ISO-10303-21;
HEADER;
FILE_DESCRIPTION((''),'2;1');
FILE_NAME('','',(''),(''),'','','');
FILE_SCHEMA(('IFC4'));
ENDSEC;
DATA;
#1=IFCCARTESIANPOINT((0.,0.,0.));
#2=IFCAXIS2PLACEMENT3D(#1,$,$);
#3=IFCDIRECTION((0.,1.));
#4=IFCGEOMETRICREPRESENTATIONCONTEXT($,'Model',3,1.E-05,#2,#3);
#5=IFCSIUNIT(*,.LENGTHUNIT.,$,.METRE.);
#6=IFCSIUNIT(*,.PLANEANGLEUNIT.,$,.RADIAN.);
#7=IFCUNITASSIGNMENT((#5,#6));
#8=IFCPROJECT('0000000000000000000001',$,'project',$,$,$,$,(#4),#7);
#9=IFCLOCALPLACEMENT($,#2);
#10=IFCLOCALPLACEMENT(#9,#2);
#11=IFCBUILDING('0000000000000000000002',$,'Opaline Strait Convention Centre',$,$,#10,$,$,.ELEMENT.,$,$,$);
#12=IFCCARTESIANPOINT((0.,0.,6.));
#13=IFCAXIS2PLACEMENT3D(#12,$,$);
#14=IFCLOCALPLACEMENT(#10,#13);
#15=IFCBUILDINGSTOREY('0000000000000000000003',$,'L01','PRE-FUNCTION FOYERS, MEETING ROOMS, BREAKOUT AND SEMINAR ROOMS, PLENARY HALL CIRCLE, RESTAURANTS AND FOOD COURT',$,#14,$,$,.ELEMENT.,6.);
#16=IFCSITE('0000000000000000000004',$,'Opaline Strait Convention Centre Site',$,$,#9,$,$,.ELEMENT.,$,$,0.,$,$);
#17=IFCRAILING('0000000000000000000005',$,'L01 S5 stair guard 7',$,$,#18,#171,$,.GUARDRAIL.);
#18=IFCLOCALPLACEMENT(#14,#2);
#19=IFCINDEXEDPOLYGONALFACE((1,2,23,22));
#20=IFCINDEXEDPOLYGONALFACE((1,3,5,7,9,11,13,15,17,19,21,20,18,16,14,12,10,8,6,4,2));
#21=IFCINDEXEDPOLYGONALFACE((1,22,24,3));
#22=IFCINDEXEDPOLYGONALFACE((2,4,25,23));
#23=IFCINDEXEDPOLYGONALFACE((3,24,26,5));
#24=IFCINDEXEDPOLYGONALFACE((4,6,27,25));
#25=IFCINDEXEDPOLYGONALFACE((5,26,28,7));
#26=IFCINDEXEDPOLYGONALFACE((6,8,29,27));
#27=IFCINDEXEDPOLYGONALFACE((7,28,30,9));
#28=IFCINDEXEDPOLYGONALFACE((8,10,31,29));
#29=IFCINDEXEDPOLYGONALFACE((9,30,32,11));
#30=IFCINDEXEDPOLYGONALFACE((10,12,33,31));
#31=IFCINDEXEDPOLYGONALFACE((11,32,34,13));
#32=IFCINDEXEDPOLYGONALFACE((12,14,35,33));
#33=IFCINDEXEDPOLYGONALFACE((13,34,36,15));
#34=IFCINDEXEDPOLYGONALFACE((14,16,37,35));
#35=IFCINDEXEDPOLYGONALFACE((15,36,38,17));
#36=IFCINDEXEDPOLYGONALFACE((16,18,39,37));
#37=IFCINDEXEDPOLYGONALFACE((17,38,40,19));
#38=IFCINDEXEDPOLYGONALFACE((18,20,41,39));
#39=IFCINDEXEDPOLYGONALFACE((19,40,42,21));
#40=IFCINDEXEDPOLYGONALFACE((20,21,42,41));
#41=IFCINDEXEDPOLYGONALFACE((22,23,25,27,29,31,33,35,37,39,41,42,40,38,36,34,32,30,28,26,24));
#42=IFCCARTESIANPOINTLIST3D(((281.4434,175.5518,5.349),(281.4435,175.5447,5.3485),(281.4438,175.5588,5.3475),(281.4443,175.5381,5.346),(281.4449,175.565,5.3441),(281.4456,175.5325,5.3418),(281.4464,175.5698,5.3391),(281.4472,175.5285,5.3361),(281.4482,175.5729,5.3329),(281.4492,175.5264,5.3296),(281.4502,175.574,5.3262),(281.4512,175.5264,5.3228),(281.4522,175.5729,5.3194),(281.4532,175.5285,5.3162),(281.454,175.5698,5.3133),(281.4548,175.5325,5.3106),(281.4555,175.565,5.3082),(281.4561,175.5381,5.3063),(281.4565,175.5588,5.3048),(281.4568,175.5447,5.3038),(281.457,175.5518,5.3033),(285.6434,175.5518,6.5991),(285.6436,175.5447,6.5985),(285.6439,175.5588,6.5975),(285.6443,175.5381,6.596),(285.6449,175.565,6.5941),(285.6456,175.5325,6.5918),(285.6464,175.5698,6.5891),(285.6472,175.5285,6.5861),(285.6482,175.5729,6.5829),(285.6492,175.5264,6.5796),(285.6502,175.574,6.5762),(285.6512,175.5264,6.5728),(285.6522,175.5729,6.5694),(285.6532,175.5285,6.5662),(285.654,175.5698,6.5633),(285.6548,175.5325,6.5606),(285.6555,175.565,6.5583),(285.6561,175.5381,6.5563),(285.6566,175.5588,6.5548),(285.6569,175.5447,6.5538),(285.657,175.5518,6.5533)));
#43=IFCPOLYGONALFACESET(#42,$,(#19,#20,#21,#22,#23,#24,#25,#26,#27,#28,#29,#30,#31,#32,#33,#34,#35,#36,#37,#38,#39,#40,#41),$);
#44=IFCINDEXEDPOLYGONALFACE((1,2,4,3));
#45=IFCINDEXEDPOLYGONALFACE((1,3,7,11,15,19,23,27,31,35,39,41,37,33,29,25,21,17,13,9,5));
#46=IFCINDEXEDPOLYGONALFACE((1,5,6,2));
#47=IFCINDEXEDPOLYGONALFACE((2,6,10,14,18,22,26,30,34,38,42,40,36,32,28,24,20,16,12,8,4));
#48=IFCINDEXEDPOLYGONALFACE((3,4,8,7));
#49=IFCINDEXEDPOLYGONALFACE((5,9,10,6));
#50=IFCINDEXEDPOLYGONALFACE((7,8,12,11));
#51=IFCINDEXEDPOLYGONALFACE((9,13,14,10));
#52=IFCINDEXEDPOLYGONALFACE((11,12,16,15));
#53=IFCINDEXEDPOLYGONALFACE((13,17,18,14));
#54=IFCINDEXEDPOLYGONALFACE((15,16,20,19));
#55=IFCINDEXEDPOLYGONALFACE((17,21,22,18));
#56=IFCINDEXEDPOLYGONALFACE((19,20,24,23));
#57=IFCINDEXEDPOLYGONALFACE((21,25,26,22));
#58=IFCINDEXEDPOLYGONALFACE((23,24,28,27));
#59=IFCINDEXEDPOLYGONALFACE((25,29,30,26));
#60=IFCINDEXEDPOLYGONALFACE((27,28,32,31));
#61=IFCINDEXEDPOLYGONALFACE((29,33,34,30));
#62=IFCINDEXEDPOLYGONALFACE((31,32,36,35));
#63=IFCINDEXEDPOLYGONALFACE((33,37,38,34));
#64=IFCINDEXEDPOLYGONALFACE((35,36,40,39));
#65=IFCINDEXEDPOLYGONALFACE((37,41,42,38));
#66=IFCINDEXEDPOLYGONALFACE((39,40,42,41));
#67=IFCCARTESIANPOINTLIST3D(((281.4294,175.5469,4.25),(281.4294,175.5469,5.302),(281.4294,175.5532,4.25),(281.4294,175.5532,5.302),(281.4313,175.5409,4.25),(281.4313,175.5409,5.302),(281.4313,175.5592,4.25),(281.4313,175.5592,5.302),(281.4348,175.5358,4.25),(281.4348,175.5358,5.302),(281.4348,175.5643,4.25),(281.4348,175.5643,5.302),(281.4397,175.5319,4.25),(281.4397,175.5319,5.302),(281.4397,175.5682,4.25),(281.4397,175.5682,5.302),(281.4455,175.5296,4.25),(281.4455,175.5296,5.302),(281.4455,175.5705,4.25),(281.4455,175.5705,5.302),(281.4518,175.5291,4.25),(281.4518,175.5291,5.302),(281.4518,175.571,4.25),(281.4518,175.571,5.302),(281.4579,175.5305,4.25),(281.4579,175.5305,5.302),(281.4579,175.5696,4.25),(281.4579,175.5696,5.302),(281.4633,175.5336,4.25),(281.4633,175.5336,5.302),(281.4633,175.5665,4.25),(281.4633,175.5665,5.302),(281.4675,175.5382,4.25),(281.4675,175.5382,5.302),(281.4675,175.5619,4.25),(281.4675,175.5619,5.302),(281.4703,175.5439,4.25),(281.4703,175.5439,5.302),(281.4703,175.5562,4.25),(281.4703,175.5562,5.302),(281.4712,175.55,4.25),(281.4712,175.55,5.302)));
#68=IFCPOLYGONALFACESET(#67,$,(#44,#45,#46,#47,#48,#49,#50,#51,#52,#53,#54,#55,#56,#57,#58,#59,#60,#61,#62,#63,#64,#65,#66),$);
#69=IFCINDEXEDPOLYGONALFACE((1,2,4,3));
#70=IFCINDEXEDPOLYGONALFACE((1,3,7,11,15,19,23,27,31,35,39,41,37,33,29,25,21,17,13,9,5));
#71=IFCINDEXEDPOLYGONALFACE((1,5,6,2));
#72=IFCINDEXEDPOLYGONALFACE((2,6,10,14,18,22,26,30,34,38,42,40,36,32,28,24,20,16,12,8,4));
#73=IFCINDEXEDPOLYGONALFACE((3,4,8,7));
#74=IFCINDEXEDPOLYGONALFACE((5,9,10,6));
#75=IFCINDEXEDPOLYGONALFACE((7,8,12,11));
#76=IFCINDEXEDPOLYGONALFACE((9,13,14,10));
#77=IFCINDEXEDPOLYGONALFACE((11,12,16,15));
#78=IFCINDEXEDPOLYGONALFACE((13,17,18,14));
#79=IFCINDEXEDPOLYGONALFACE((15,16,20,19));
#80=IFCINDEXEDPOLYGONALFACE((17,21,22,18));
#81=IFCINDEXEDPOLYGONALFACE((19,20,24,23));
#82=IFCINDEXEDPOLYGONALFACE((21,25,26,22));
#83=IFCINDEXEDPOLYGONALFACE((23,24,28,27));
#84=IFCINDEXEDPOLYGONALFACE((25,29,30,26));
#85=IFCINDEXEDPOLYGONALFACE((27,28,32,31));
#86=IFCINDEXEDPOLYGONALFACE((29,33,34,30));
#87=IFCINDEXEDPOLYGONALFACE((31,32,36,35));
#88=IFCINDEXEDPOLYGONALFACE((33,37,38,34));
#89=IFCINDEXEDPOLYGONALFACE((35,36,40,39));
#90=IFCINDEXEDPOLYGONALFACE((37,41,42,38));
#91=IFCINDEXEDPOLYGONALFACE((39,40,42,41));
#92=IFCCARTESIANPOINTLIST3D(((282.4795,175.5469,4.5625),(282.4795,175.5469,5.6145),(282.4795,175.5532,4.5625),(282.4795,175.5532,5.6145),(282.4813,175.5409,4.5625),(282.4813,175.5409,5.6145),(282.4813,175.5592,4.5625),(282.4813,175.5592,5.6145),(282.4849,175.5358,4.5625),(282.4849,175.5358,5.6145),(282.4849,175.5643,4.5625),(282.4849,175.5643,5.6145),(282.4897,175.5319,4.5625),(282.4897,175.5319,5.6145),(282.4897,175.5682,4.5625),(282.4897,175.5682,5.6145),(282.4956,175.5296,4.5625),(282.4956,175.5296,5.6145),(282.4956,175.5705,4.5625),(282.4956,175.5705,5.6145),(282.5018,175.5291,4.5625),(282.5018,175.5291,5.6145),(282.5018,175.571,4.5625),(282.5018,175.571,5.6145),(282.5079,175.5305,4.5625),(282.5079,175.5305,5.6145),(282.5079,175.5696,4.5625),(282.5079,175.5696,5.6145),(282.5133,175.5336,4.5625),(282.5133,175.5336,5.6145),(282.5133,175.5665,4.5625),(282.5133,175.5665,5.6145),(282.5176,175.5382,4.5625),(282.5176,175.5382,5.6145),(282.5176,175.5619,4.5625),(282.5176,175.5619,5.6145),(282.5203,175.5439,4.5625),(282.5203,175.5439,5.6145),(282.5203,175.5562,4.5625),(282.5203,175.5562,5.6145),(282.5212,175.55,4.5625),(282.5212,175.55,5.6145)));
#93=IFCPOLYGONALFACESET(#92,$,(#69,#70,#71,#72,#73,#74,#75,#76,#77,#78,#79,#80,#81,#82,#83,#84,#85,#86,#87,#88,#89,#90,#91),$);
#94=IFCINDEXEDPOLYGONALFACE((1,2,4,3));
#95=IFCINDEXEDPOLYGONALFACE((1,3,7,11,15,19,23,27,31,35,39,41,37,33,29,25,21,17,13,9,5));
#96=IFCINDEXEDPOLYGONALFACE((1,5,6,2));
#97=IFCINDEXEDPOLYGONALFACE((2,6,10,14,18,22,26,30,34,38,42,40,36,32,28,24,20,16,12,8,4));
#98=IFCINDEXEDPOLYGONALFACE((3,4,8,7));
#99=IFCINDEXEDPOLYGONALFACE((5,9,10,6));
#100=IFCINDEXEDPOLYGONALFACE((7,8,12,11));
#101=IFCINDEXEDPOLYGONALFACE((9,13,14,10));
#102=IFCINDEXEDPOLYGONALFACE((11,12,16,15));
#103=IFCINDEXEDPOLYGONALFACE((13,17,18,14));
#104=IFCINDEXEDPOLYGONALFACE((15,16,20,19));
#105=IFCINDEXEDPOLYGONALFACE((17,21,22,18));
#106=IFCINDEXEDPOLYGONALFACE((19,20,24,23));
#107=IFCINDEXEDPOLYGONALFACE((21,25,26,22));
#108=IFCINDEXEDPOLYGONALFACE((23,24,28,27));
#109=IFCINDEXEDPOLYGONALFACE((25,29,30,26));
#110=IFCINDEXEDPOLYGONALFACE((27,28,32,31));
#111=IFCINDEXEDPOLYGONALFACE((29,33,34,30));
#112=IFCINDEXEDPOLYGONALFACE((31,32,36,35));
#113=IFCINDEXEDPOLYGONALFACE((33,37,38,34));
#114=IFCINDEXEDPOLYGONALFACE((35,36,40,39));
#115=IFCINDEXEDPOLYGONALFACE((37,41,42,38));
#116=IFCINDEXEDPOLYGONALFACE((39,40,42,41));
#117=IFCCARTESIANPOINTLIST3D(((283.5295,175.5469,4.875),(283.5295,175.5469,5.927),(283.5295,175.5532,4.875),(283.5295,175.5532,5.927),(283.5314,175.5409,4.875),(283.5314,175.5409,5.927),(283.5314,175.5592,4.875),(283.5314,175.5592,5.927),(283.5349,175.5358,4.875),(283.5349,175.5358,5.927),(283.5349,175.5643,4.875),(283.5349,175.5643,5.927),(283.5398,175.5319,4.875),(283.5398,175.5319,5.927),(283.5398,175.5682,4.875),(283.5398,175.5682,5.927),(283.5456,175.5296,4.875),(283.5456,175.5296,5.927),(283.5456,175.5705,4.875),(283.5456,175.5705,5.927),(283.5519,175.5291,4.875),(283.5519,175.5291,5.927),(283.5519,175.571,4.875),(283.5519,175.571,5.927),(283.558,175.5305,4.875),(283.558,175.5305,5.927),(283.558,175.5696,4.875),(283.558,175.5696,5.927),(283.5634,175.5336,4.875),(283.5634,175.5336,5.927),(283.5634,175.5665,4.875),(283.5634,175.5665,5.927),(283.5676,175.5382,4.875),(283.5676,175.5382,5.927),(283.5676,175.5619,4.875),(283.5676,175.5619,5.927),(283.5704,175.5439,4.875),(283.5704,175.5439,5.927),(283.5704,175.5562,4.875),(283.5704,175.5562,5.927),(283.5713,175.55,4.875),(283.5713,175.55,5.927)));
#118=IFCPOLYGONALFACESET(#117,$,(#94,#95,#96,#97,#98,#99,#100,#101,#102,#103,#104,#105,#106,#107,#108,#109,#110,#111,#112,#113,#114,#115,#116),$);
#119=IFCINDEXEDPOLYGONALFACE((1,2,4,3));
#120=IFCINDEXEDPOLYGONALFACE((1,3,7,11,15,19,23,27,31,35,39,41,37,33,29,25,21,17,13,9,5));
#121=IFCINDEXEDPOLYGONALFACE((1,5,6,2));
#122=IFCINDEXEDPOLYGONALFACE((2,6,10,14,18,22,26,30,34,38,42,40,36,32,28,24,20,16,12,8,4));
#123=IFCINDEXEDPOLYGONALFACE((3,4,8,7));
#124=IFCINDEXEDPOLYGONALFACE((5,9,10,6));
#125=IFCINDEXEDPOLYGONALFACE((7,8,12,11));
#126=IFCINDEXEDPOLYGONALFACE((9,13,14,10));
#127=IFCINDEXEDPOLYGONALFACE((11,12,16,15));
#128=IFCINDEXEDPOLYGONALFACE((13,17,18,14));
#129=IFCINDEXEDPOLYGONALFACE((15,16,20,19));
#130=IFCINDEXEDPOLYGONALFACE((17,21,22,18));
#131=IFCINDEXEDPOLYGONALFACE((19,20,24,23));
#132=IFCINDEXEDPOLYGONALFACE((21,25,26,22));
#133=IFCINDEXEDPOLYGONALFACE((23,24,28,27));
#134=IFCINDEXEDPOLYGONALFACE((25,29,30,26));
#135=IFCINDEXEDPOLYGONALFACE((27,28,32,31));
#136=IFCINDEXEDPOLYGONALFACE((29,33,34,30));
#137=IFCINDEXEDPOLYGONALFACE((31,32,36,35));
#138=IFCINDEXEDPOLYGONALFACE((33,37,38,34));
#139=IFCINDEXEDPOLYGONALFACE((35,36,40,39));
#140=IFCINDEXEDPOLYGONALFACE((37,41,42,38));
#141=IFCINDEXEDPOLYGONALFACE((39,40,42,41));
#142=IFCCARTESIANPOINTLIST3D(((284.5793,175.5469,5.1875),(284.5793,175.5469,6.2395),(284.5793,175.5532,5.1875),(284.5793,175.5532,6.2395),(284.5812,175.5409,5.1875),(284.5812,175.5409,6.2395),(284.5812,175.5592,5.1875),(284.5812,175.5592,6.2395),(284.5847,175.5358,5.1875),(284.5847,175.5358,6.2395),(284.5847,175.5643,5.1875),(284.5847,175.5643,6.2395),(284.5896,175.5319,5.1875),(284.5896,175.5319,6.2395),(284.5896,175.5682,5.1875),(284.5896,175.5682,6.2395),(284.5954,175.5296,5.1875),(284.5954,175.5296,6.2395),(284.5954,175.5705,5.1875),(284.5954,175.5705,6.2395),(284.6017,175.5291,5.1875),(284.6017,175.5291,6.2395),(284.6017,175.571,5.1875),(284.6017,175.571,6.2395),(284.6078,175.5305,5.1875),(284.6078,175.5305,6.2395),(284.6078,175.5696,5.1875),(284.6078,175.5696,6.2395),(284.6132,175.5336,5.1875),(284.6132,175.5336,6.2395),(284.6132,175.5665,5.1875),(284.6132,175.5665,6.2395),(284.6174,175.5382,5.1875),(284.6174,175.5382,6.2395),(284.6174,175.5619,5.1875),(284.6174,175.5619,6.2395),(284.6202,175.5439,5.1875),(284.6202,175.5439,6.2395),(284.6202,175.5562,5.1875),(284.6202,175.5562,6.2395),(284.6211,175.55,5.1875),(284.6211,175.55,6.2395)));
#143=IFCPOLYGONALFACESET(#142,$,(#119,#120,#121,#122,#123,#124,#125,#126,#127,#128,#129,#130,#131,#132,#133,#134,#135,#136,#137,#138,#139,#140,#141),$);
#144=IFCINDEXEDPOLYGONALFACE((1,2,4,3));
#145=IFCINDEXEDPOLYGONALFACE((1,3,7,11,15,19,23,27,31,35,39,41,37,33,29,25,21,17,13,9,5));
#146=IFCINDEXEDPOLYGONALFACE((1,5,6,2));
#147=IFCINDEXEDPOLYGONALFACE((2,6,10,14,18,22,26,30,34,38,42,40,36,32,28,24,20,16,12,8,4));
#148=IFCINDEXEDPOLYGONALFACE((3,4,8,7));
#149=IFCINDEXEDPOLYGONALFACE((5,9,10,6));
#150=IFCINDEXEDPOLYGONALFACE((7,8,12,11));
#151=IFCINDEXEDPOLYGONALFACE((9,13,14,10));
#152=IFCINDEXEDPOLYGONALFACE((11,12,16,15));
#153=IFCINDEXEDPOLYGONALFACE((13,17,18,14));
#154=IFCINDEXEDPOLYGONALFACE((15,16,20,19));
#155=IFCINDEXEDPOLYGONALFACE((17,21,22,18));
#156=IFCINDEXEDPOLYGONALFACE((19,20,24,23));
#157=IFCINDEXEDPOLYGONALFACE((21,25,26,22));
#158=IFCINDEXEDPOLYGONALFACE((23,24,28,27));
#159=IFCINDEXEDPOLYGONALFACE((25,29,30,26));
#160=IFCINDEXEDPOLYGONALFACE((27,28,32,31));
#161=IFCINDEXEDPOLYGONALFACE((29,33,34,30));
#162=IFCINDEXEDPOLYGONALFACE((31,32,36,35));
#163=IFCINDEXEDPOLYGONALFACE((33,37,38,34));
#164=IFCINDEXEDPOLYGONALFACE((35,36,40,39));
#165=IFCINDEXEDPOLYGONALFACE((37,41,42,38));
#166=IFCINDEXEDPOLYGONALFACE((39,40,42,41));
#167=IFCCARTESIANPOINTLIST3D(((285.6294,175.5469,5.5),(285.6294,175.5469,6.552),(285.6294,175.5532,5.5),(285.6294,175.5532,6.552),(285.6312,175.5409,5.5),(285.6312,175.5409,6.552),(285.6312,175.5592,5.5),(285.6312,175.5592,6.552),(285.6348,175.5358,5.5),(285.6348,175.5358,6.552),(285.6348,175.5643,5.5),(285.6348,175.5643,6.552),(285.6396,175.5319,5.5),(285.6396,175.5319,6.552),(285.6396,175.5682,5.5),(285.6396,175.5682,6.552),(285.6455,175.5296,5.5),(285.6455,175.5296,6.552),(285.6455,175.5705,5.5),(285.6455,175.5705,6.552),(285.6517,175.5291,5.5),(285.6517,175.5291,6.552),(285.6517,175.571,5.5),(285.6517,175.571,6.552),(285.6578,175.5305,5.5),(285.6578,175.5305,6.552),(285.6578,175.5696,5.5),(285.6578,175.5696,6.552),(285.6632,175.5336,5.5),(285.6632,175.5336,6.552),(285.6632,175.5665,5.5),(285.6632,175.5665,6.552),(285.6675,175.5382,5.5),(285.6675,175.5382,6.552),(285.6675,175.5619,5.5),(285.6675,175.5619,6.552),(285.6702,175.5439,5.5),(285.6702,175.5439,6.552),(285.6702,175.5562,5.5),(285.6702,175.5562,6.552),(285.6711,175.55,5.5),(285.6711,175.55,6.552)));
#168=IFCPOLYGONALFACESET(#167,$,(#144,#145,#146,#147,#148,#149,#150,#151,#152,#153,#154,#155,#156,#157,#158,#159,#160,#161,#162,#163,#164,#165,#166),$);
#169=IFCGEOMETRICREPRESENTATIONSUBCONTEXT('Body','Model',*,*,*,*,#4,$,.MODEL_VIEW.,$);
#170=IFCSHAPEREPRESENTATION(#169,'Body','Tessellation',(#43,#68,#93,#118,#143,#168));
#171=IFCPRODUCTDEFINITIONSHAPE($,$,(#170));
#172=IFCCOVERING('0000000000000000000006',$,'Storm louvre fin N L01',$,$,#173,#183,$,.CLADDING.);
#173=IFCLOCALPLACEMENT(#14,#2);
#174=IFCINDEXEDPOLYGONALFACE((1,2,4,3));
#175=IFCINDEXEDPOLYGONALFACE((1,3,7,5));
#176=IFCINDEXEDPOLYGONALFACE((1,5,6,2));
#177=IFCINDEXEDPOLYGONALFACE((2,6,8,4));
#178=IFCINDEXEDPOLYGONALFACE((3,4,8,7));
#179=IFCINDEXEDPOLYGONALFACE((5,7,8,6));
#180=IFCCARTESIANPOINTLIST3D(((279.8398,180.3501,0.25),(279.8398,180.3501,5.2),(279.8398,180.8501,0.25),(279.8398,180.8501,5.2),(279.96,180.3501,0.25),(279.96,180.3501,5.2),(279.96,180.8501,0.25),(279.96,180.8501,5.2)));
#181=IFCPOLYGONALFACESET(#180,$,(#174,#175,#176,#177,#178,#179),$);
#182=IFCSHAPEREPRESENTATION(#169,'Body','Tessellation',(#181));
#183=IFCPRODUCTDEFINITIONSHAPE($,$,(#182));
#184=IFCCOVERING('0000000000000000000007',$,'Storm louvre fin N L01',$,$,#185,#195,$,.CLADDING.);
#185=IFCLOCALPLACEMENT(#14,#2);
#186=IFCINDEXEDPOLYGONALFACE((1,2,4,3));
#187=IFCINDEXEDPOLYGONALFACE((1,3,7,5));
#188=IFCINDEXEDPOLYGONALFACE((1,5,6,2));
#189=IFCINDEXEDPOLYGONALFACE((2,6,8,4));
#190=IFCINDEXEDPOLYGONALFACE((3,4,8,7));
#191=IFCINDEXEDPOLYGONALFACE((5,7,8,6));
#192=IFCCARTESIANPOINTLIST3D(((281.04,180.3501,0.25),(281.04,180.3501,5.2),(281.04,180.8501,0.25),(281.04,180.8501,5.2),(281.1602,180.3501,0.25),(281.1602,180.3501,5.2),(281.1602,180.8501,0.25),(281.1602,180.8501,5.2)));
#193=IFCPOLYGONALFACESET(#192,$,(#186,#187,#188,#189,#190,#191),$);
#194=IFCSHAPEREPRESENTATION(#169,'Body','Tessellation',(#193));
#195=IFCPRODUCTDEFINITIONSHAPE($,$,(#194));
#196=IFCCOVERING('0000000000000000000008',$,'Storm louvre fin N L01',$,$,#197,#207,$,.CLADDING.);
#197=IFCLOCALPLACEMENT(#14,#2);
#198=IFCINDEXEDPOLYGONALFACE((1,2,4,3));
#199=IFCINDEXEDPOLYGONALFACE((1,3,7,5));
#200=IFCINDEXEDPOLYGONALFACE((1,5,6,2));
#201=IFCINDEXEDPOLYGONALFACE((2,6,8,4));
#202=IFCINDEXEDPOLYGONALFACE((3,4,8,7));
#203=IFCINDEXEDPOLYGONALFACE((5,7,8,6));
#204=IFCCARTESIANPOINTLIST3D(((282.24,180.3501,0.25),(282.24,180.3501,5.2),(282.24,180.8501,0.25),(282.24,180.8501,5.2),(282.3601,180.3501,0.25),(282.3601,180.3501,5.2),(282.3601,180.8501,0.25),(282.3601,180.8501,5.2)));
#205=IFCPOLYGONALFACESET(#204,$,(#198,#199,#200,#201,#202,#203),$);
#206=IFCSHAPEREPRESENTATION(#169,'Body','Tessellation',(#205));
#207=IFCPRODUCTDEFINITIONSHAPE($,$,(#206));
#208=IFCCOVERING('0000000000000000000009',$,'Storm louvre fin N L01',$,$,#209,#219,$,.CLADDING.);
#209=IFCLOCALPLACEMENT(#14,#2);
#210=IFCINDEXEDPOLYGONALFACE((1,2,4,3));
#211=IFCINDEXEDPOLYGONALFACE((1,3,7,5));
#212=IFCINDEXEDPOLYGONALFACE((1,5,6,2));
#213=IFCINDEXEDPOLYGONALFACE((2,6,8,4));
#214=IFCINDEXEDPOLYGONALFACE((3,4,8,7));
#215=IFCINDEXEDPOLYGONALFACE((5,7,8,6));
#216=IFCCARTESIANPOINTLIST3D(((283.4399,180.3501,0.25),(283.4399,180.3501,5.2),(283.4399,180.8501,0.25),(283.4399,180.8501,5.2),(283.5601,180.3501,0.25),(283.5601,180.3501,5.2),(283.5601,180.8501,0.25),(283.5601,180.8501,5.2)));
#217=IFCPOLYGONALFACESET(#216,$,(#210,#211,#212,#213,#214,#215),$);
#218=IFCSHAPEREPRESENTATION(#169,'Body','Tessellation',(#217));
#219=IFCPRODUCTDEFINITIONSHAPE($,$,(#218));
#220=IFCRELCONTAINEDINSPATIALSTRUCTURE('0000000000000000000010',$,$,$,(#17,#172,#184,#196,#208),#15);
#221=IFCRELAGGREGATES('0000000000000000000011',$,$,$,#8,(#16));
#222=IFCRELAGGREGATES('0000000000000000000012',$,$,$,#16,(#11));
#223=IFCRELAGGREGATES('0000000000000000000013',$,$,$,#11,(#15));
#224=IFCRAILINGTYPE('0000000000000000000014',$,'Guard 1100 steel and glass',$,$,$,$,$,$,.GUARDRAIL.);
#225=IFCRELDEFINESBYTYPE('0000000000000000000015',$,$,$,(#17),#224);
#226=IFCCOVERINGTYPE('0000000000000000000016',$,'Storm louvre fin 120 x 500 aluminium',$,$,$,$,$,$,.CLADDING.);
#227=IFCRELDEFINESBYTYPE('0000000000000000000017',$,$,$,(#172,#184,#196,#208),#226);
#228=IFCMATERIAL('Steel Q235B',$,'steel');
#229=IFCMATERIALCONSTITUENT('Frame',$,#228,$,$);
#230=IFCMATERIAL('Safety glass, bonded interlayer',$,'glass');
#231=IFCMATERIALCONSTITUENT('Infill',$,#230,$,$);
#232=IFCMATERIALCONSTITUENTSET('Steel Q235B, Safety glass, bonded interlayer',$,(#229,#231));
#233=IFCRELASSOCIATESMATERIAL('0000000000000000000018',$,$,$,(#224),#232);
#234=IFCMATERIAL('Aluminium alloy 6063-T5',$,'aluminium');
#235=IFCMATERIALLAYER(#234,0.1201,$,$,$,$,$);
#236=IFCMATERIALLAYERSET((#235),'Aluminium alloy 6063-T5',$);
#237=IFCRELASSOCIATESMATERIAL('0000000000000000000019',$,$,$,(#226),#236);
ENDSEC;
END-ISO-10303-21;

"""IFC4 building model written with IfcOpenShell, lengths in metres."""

from ifc_helpers import new_model, si_unit, direction, frame, origin, origin_2d, place, context, subcontext, project, spatial, rectangle, circle, extrude, material, layer, layer_set, constituent, constituent_set, type_object, element, save


model = new_model("IFC4")

# Units and contexts
model_context = context("Model", 3, precision=1e-05, world=origin(), true_north=direction((0.0, 1.0)))
body_context = subcontext(model_context, "Body", "Model", "MODEL_VIEW")
ifc_project = project(units=[si_unit("LENGTHUNIT", "METRE"), si_unit("PLANEANGLEUNIT", "RADIAN")], contexts=[model_context])

# Site, building, storey
site_placement = place(None, origin())
site = spatial("IfcSite", under=ifc_project, at=site_placement, Name="Opaline Strait Convention Centre Site", CompositionType="ELEMENT", RefElevation=0.0)
building_placement = place(site_placement, origin())
building = spatial("IfcBuilding", under=site, at=building_placement, Name="Opaline Strait Convention Centre", CompositionType="ELEMENT")
storey_placement = place(building_placement, frame((0.0, 0.0, 6.0)))
storey = spatial("IfcBuildingStorey", under=building, at=storey_placement, Name="L01", Description="PRE-FUNCTION FOYERS, MEETING ROOMS, BREAKOUT AND SEMINAR ROOMS, PLENARY HALL CIRCLE, RESTAURANTS AND FOOD COURT", CompositionType="ELEMENT", Elevation=6.0)

# Railing
ifc_material_1 = material(Name="Steel Q235B", Category="steel")
ifc_constituent_1 = constituent(ifc_material_1, Name="Frame")
ifc_material_2 = material(Name="Safety glass, bonded interlayer", Category="glass")
ifc_constituent_2 = constituent(ifc_material_2, Name="Infill")
ifc_constituent_set = constituent_set(constituents=[ifc_constituent_1, ifc_constituent_2], Name="Steel Q235B, Safety glass, bonded interlayer")
railing_type = type_object("IfcRailingType", Name="Guard 1100 steel and glass", PredefinedType="GUARDRAIL", material=ifc_constituent_set)
railing_1_placement = place(storey_placement, frame((281.4502, 175.55, 4.25)))
element("IfcRailing", 1, at=railing_1_placement, inside=storey, type_object=railing_type, Name="L01 S5 stair guard 7", PredefinedType="GUARDRAIL", context=body_context, shape_type="SweptSolid", body=[
    extrude(circle(Radius=0.0239, at=origin_2d()), frame((0.0, 0.0, 1.0762), z_axis=(0.958451, 0.0, 0.285257), x_axis=(0.0, 1.0, 0.0)), (0.0, 0.0, 1.0), 4.3821),
    extrude(circle(Radius=0.021, at=origin_2d()), origin(), (0.0, 0.0, 1.0), 1.052),
    extrude(circle(Radius=0.021, at=origin_2d()), frame((1.05, 0.0, 0.3125)), (0.0, 0.0, 1.0), 1.052),
    extrude(circle(Radius=0.021, at=origin_2d()), frame((2.1001, 0.0, 0.625)), (0.0, 0.0, 1.0), 1.052),
    extrude(circle(Radius=0.021, at=origin_2d()), frame((3.1499, 0.0, 0.9375)), (0.0, 0.0, 1.0), 1.052),
    extrude(circle(Radius=0.021, at=origin_2d()), frame((4.2, 0.0, 1.25)), (0.0, 0.0, 1.0), 1.052),
])

# Coverings
ifc_material_3 = material(Name="Aluminium alloy 6063-T5", Category="aluminium")
ifc_layer_1 = layer(ifc_material_3, 0.1201)
ifc_layer_set_1 = layer_set([ifc_layer_1], Name="Aluminium alloy 6063-T5")
covering_type = type_object("IfcCoveringType", Name="Storm louvre fin 120 x 500 aluminium", PredefinedType="CLADDING", material=ifc_layer_set_1)
for number, where, z_axis, x_axis, name in (
    (2, (279.8999, 180.6001, 0.25), (0.0, 0.0, 1.0), (1.0, 0.0, 0.0), "Storm louvre fin N L01"),
    (3, (281.1001, 180.6001, 0.25), (0.0, 0.0, 1.0), (1.0, 0.0, 0.0), "Storm louvre fin N L01"),
    (4, (282.3, 180.6001, 0.25), (0.0, 0.0, 1.0), (1.0, 0.0, 0.0), "Storm louvre fin N L01"),
    (5, (283.5, 180.6001, 0.25), (0.0, 0.0, 1.0), (1.0, 0.0, 0.0), "Storm louvre fin N L01"),
):
    element("IfcCovering", number, at=place(storey_placement, frame(where, z_axis=z_axis, x_axis=x_axis)), inside=storey, type_object=covering_type, Name=name, PredefinedType="CLADDING", context=body_context, shape_type="SweptSolid", body=[
        extrude(rectangle(XDim=0.1201, YDim=0.5, at=origin_2d()), origin(), (0.0, 0.0, 1.0), 4.95),
    ])

save(model, "model.ifc")
